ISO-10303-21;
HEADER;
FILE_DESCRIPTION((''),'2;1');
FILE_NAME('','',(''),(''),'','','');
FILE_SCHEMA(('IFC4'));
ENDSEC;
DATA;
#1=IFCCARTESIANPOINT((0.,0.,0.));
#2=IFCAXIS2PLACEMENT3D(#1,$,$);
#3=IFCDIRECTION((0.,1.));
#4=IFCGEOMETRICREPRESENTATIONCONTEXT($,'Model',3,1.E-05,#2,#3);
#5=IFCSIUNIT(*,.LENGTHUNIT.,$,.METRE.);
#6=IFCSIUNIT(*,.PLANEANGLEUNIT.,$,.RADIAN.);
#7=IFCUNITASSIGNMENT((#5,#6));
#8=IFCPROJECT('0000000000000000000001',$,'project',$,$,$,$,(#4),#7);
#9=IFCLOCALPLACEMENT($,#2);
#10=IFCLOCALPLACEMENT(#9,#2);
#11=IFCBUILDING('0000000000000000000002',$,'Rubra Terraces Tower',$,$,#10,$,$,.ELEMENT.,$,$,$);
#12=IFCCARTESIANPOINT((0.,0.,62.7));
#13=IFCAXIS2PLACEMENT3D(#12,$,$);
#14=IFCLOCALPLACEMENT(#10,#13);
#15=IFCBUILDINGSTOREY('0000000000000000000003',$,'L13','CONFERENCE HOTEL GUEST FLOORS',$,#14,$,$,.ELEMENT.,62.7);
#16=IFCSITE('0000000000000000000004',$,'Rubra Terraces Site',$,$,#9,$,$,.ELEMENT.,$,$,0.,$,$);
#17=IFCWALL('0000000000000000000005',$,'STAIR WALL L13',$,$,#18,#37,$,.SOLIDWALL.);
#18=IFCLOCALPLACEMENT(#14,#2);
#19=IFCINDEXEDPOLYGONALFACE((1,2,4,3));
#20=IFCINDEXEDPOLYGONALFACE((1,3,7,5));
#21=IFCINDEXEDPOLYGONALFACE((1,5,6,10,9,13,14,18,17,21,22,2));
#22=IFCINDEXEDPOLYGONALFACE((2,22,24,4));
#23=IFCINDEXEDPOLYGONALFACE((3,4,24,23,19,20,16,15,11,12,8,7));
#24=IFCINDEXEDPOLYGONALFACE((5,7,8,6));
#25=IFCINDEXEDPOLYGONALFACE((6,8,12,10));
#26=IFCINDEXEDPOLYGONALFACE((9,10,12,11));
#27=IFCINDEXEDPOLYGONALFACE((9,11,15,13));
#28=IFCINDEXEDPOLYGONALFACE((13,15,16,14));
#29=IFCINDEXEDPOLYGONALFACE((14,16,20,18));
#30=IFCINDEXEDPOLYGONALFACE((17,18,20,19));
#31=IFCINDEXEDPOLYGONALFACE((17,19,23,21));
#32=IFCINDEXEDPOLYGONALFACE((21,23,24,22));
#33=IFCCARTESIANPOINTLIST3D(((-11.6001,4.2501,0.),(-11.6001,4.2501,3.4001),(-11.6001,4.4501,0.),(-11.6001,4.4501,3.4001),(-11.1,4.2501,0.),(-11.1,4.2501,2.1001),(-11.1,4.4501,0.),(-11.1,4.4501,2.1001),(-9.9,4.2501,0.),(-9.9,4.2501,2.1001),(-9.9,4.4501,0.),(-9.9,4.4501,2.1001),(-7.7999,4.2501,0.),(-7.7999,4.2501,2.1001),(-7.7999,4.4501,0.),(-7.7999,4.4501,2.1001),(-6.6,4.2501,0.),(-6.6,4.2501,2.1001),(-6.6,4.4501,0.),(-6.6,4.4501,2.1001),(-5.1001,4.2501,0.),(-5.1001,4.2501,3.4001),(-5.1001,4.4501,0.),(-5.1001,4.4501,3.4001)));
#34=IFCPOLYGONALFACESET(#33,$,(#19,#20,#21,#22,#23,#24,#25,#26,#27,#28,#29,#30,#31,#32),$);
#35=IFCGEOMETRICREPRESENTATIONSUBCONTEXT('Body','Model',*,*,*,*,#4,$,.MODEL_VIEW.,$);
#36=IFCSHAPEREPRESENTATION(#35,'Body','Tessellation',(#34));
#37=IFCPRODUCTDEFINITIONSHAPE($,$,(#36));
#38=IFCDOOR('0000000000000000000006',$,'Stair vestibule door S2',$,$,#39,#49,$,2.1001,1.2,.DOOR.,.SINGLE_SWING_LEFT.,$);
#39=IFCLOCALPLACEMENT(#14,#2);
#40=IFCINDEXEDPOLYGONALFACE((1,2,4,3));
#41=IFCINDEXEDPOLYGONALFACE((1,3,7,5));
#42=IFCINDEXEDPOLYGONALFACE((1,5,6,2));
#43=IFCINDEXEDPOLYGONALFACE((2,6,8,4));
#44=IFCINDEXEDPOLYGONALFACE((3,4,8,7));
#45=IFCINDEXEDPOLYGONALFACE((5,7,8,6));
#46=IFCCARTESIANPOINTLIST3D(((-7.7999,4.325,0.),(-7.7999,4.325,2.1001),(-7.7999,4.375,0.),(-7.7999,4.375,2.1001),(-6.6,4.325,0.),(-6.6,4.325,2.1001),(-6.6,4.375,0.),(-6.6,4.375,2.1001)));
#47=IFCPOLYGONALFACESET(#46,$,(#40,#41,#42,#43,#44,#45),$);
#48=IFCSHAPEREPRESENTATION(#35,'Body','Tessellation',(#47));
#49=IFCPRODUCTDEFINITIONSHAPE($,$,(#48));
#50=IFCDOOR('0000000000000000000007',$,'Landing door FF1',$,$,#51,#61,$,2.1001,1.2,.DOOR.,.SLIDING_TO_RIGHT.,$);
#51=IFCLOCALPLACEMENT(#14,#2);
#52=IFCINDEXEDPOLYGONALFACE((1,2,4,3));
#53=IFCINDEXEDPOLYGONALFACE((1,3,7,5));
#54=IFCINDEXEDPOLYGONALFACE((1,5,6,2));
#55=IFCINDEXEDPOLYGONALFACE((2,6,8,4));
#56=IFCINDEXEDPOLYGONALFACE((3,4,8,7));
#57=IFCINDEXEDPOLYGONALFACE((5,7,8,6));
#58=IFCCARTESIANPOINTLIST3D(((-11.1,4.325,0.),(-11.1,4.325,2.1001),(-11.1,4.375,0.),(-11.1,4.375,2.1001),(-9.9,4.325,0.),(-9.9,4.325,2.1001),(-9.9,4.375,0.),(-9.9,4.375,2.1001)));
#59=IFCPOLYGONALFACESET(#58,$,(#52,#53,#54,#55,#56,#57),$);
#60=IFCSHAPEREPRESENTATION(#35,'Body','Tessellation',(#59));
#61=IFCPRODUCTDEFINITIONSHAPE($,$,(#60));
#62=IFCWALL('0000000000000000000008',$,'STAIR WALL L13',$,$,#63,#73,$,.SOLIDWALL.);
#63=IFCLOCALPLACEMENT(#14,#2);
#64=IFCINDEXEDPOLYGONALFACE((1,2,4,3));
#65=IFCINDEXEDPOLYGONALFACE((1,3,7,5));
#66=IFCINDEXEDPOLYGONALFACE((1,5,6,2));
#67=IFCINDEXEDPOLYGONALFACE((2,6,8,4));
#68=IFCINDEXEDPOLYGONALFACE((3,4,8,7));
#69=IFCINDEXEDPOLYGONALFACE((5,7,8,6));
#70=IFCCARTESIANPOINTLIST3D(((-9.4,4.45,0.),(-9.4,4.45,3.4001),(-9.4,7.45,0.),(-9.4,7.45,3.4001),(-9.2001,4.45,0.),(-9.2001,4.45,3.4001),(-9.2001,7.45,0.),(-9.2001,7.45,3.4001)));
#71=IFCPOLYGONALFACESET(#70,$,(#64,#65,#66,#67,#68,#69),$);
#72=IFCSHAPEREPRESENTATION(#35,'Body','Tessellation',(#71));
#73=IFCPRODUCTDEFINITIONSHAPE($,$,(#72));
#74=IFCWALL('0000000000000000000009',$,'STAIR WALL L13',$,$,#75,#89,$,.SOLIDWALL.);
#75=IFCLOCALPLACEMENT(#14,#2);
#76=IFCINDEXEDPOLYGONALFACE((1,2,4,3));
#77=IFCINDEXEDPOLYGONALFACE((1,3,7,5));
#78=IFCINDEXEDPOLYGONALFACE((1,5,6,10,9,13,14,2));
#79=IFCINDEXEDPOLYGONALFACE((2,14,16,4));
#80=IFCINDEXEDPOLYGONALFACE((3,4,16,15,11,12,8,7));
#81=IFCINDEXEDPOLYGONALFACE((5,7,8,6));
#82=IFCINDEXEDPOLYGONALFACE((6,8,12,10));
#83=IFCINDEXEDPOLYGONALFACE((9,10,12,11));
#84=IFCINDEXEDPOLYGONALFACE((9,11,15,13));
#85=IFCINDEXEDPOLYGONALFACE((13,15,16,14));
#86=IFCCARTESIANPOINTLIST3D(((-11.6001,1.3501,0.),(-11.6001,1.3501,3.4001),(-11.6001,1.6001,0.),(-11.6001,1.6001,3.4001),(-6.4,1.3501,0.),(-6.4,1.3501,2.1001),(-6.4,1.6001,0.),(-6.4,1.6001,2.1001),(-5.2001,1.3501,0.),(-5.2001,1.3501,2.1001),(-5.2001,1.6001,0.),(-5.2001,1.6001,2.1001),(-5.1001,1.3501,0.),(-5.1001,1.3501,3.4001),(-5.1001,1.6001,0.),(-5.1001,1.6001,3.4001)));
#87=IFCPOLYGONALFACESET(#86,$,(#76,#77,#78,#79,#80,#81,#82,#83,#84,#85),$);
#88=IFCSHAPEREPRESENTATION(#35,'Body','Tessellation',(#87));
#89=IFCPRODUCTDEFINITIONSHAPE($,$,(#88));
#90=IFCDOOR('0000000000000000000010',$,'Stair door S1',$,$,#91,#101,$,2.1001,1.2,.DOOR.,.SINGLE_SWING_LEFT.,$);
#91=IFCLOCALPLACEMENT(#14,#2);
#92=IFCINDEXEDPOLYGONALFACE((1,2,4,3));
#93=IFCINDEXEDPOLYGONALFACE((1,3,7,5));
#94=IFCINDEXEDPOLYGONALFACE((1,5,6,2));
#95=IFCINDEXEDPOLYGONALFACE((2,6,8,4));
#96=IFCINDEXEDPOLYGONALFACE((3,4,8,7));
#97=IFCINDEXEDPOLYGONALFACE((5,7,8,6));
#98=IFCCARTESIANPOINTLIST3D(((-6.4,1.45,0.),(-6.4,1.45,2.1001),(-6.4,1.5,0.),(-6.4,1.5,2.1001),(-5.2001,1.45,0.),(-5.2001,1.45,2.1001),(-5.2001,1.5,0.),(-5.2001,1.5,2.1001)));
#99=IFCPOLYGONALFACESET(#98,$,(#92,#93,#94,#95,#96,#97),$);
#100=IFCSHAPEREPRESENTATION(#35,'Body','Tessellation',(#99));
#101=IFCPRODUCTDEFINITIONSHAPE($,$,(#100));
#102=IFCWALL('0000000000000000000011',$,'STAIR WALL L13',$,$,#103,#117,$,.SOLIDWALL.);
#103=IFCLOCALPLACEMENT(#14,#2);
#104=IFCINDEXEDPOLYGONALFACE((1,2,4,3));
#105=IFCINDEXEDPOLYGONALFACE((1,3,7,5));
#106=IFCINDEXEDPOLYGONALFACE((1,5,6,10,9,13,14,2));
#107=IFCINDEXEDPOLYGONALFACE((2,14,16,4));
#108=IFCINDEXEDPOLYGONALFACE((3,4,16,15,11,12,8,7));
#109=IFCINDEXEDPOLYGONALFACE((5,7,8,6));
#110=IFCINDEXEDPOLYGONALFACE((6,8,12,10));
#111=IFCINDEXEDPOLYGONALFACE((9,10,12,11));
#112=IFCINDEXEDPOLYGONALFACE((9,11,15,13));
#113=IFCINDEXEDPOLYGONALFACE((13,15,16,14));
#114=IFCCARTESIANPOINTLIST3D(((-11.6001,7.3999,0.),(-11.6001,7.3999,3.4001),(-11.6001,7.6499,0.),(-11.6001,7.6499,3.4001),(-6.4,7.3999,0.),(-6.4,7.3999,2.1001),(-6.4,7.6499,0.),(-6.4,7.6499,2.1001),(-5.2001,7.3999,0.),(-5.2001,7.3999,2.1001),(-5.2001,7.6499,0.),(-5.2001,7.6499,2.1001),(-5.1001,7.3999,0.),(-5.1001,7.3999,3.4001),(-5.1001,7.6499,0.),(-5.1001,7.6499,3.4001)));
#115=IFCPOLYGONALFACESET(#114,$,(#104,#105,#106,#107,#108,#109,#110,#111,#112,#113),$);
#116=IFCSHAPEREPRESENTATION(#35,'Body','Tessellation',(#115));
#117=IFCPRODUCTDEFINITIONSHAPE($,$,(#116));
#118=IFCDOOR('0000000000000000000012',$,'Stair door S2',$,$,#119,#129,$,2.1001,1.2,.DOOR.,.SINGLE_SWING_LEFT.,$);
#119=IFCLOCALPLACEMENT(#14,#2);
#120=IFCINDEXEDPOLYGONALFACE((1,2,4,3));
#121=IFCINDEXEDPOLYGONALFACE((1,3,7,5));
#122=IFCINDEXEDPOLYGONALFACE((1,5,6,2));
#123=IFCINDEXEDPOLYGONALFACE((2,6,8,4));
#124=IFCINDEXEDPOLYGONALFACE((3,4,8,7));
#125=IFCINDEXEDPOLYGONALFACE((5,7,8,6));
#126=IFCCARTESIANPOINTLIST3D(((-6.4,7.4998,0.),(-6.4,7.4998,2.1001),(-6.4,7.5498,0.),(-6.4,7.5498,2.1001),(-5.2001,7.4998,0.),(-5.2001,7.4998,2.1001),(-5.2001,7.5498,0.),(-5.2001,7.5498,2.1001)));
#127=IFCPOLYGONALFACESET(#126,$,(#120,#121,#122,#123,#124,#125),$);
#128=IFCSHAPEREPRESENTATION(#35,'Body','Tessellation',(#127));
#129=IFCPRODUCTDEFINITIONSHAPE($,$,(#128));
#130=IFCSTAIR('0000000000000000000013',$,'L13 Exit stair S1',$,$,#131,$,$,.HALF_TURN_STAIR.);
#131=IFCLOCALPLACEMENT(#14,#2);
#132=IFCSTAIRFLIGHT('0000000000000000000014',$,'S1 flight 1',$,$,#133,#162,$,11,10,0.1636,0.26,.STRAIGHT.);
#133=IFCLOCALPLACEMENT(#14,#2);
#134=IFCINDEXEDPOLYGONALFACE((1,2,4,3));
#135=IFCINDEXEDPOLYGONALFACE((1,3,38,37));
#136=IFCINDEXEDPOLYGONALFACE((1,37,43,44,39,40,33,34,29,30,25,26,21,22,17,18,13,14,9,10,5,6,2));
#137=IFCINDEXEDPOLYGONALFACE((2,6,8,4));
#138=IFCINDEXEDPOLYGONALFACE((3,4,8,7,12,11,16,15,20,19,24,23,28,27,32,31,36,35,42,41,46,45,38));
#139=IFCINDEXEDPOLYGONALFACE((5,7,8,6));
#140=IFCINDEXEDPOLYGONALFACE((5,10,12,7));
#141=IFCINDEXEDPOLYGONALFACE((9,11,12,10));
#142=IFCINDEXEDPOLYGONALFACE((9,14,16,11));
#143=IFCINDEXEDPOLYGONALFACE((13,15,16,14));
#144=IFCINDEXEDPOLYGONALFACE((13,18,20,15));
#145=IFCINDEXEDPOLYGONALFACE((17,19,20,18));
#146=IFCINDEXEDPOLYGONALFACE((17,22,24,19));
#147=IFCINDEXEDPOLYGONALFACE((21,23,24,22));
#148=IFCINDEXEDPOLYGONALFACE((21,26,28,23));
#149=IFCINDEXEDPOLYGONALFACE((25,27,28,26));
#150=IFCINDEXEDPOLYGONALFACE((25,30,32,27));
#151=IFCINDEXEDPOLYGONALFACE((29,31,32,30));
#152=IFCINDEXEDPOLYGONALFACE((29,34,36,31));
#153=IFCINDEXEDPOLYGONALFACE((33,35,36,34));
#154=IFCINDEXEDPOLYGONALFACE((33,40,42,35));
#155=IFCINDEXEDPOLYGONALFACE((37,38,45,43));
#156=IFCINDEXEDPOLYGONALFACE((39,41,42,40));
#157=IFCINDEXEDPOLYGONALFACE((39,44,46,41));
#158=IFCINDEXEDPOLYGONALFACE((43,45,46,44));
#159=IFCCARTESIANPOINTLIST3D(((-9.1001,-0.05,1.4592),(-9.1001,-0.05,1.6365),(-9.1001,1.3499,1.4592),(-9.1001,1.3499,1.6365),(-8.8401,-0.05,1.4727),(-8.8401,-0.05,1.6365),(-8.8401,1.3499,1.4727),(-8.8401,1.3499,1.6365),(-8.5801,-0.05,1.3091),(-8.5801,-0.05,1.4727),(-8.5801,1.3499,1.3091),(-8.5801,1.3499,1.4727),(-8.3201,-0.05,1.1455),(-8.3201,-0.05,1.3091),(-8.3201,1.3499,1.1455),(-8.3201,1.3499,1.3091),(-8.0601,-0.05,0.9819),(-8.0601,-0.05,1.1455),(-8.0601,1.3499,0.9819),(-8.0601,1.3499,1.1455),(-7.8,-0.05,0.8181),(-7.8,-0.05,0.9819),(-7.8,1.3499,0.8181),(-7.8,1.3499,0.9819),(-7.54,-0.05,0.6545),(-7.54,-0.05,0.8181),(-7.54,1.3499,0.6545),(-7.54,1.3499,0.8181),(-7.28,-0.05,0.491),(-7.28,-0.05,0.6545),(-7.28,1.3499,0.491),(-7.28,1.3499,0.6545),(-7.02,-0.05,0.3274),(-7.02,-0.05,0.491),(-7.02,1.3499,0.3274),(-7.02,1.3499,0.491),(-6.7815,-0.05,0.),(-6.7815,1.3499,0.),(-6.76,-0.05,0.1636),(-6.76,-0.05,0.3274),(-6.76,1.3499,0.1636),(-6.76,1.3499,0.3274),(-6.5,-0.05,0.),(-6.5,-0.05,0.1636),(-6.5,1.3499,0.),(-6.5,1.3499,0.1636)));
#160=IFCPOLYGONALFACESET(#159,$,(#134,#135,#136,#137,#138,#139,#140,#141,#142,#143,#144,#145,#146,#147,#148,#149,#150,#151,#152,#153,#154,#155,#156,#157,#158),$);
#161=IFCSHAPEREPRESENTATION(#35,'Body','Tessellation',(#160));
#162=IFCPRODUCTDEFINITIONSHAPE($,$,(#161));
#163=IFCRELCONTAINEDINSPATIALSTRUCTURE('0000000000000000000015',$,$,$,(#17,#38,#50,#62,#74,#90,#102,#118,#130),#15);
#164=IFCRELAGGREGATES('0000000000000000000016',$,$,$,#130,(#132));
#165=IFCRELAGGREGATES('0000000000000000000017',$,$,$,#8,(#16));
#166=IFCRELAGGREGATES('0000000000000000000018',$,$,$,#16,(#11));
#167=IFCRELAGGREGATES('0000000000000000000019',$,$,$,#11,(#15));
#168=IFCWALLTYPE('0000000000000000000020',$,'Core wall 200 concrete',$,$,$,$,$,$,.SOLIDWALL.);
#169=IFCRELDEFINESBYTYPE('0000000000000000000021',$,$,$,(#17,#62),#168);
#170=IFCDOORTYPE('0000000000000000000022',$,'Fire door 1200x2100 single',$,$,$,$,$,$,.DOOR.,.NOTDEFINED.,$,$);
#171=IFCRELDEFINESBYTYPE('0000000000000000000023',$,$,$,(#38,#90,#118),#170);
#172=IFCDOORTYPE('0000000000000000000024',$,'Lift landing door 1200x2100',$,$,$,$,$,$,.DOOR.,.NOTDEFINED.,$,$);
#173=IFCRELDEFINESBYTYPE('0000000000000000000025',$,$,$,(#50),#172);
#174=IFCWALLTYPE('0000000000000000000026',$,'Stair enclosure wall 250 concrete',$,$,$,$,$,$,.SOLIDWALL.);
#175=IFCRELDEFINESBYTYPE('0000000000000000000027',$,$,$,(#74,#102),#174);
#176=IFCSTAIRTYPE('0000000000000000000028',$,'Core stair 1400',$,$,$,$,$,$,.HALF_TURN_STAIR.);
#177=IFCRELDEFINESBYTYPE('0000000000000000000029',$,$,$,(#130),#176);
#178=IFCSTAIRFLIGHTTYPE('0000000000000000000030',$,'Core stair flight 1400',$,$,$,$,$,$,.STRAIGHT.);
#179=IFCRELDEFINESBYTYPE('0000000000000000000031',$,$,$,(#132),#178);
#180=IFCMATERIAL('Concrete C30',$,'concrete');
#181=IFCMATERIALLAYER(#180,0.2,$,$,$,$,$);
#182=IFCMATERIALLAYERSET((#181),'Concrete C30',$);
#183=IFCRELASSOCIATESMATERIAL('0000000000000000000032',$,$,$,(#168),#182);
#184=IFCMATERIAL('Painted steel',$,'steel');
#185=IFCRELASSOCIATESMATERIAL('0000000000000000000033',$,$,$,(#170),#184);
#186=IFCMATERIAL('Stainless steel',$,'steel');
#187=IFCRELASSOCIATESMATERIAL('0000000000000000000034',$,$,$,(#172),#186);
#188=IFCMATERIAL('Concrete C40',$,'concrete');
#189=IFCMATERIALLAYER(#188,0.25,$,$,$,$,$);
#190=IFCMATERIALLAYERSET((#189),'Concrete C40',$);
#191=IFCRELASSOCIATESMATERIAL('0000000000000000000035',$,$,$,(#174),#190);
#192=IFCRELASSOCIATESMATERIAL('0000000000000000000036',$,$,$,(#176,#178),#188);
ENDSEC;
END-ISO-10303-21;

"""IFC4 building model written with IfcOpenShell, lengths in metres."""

from ifc_helpers import new_model, si_unit, direction, frame, frame_2d, origin, place, context, subcontext, project, spatial, polyline, rectangle, outline, extrude, material, layer, layer_set, type_object, element, fill, aggregate, save


model = new_model("IFC4")

# Units and contexts
model_context = context("Model", 3, precision=1e-05, world=origin(), true_north=direction((0.0, 1.0)))
body_context = subcontext(model_context, "Body", "Model", "MODEL_VIEW")
ifc_project = project(units=[si_unit("LENGTHUNIT", "METRE"), si_unit("PLANEANGLEUNIT", "RADIAN")], contexts=[model_context])

# Site, building, storey
site_placement = place(None, origin())
site = spatial("IfcSite", under=ifc_project, at=site_placement, Name="Rubra Terraces Site", CompositionType="ELEMENT", RefElevation=0.0)
building_placement = place(site_placement, origin())
building = spatial("IfcBuilding", under=site, at=building_placement, Name="Rubra Terraces Tower", CompositionType="ELEMENT")
storey_placement = place(building_placement, frame((0.0, 0.0, 62.7)))
storey = spatial("IfcBuildingStorey", under=building, at=storey_placement, Name="L13", Description="CONFERENCE HOTEL GUEST FLOORS", CompositionType="ELEMENT", Elevation=62.7)

# Shared definitions
ifc_material_1 = material(Name="Painted steel", Category="steel")

# Wall, openings, doors
ifc_material_2 = material(Name="Concrete C30", Category="concrete")
ifc_layer_1 = layer(ifc_material_2, 0.2)
ifc_layer_set_1 = layer_set([ifc_layer_1], Name="Concrete C30")
wall_type_1 = type_object("IfcWallType", Name="Core wall 200 concrete", PredefinedType="SOLIDWALL", material=ifc_layer_set_1)
wall_1_placement = place(storey_placement, frame((-11.6001, 4.3501, 0.0), z_axis=(0.0, 0.0, 1.0), x_axis=(1.0, 0.0, 0.0)))
wall_1 = element("IfcWall", 1, at=wall_1_placement, inside=storey, type_object=wall_type_1, Name="STAIR WALL L13", PredefinedType="SOLIDWALL", context=body_context, shape_type="SweptSolid", body=[
    extrude(rectangle(XDim=6.5, YDim=0.2, at=frame_2d((3.25, 0.0))), origin(), (0.0, 0.0, 1.0), 3.4001),
])
opening_1_placement = place(wall_1_placement, frame((3.8, 0.0, 0.0)))
opening_1 = element("IfcOpeningElement", 2, at=opening_1_placement, cuts=wall_1, PredefinedType="OPENING", context=body_context, shape_type="SweptSolid", body=[
    extrude(rectangle(XDim=1.2, YDim=2.1001, at=frame_2d((0.6001, 1.05))), frame((0.0, 0.1099, 0.0), z_axis=(0.0, -1.0, 0.0), x_axis=(1.0, 0.0, 0.0)), (0.0, 0.0, 1.0), 0.22),
])
opening_2_placement = place(wall_1_placement, frame((0.5, 0.0, 0.0)))
opening_2 = element("IfcOpeningElement", 3, at=opening_2_placement, cuts=wall_1, PredefinedType="OPENING", context=body_context, shape_type="SweptSolid", body=[
    extrude(rectangle(XDim=1.2, YDim=2.1001, at=frame_2d((0.6001, 1.05))), frame((0.0, 0.1099, 0.0), z_axis=(0.0, -1.0, 0.0), x_axis=(1.0, 0.0, 0.0)), (0.0, 0.0, 1.0), 0.22),
])
door_type_1 = type_object("IfcDoorType", Name="Fire door 1200x2100 single", OperationType="NOTDEFINED", PredefinedType="DOOR", material=ifc_material_1)
door_1_placement = place(opening_1_placement, origin())
door_1 = element("IfcDoor", 4, at=door_1_placement, inside=storey, type_object=door_type_1, Name="Stair vestibule door S2", OperationType="SINGLE_SWING_LEFT", OverallHeight=2.1001, OverallWidth=1.2, PredefinedType="DOOR", context=body_context, shape_type="SweptSolid", body=[
    extrude(rectangle(XDim=1.2, YDim=2.1001, at=frame_2d((0.6001, 1.05))), frame((0.0, 0.0249, 0.0), z_axis=(0.0, -1.0, 0.0), x_axis=(1.0, 0.0, 0.0)), (0.0, 0.0, 1.0), 0.05),
])
fill(opening_1, door_1)
ifc_material_3 = material(Name="Stainless steel", Category="steel")
door_type_2 = type_object("IfcDoorType", Name="Lift landing door 1200x2100", OperationType="NOTDEFINED", PredefinedType="DOOR", material=ifc_material_3)
door_2_placement = place(opening_2_placement, origin())
door_2 = element("IfcDoor", 5, at=door_2_placement, inside=storey, type_object=door_type_2, Name="Landing door FF1", OperationType="SLIDING_TO_RIGHT", OverallHeight=2.1001, OverallWidth=1.2, PredefinedType="DOOR", context=body_context, shape_type="SweptSolid", body=[
    extrude(rectangle(XDim=1.2, YDim=2.1001, at=frame_2d((0.6001, 1.05))), frame((0.0, 0.0249, 0.0), z_axis=(0.0, -1.0, 0.0), x_axis=(1.0, 0.0, 0.0)), (0.0, 0.0, 1.0), 0.05),
])
fill(opening_2, door_2)

# Wall
wall_2_placement = place(storey_placement, frame((-9.3, 4.45, 0.0), z_axis=(0.0, 0.0, 1.0), x_axis=(0.0, 1.0, 0.0)))
element("IfcWall", 6, at=wall_2_placement, inside=storey, type_object=wall_type_1, Name="STAIR WALL L13", PredefinedType="SOLIDWALL", context=body_context, shape_type="SweptSolid", body=[
    extrude(rectangle(XDim=3.0, YDim=0.2, at=frame_2d((1.5, 0.0))), origin(), (0.0, 0.0, 1.0), 3.4001),
])

# Walls, openings, doors
ifc_material_4 = material(Name="Concrete C40", Category="concrete")
ifc_layer_2 = layer(ifc_material_4, 0.25)
ifc_layer_set_2 = layer_set([ifc_layer_2], Name="Concrete C40")
wall_type_2 = type_object("IfcWallType", Name="Stair enclosure wall 250 concrete", PredefinedType="SOLIDWALL", material=ifc_layer_set_2)
wall_3_placement = place(storey_placement, frame((-11.6001, 1.4751, 0.0), z_axis=(0.0, 0.0, 1.0), x_axis=(1.0, 0.0, 0.0)))
wall_3 = element("IfcWall", 7, at=wall_3_placement, inside=storey, type_object=wall_type_2, Name="STAIR WALL L13", PredefinedType="SOLIDWALL", context=body_context, shape_type="SweptSolid", body=[
    extrude(rectangle(XDim=6.5, YDim=0.25, at=frame_2d((3.25, 0.0))), origin(), (0.0, 0.0, 1.0), 3.4001),
])
opening_3_placement = place(wall_3_placement, frame((5.2, 0.0, 0.0)))
opening_3 = element("IfcOpeningElement", 8, at=opening_3_placement, cuts=wall_3, PredefinedType="OPENING", context=body_context, shape_type="SweptSolid", body=[
    extrude(rectangle(XDim=1.2, YDim=2.1001, at=frame_2d((0.6001, 1.05))), frame((0.0, 0.135, 0.0), z_axis=(0.0, -1.0, 0.0), x_axis=(1.0, 0.0, 0.0)), (0.0, 0.0, 1.0), 0.27),
])
door_3_placement = place(opening_3_placement, origin())
door_3 = element("IfcDoor", 9, at=door_3_placement, inside=storey, type_object=door_type_1, Name="Stair door S1", OperationType="SINGLE_SWING_LEFT", OverallHeight=2.1001, OverallWidth=1.2, PredefinedType="DOOR", context=body_context, shape_type="SweptSolid", body=[
    extrude(rectangle(XDim=1.2, YDim=2.1001, at=frame_2d((0.6001, 1.05))), frame((0.0, 0.0249, 0.0), z_axis=(0.0, -1.0, 0.0), x_axis=(1.0, 0.0, 0.0)), (0.0, 0.0, 1.0), 0.05),
])
fill(opening_3, door_3)
wall_4_placement = place(storey_placement, frame((-11.6001, 7.5249, 0.0), z_axis=(0.0, 0.0, 1.0), x_axis=(1.0, 0.0, 0.0)))
wall_4 = element("IfcWall", 10, at=wall_4_placement, inside=storey, type_object=wall_type_2, Name="STAIR WALL L13", PredefinedType="SOLIDWALL", context=body_context, shape_type="SweptSolid", body=[
    extrude(rectangle(XDim=6.5, YDim=0.25, at=frame_2d((3.25, 0.0))), origin(), (0.0, 0.0, 1.0), 3.4001),
])
opening_4_placement = place(wall_4_placement, frame((5.2, 0.0, 0.0)))
opening_4 = element("IfcOpeningElement", 11, at=opening_4_placement, cuts=wall_4, PredefinedType="OPENING", context=body_context, shape_type="SweptSolid", body=[
    extrude(rectangle(XDim=1.2, YDim=2.1001, at=frame_2d((0.6001, 1.05))), frame((0.0, 0.135, 0.0), z_axis=(0.0, -1.0, 0.0), x_axis=(1.0, 0.0, 0.0)), (0.0, 0.0, 1.0), 0.27),
])
door_4_placement = place(opening_4_placement, origin())
door_4 = element("IfcDoor", 12, at=door_4_placement, inside=storey, type_object=door_type_1, Name="Stair door S2", OperationType="SINGLE_SWING_LEFT", OverallHeight=2.1001, OverallWidth=1.2, PredefinedType="DOOR", context=body_context, shape_type="SweptSolid", body=[
    extrude(rectangle(XDim=1.2, YDim=2.1001, at=frame_2d((0.6001, 1.05))), frame((0.0, 0.0249, 0.0), z_axis=(0.0, -1.0, 0.0), x_axis=(1.0, 0.0, 0.0)), (0.0, 0.0, 1.0), 0.05),
])
fill(opening_4, door_4)

# Stair, stair flight
stair_type = type_object("IfcStairType", Name="Core stair 1400", PredefinedType="HALF_TURN_STAIR", material=ifc_material_4)
stair_1_placement = place(storey_placement, origin())
stair_1 = element("IfcStair", 13, at=stair_1_placement, inside=storey, type_object=stair_type, Name="L13 Exit stair S1", PredefinedType="HALF_TURN_STAIR")
stair_flight_type = type_object("IfcStairFlightType", Name="Core stair flight 1400", PredefinedType="STRAIGHT", material=ifc_material_4)
stair_flight_1_placement = place(storey_placement, frame((-6.5, 0.6499, 0.0), z_axis=(0.0, 0.0, 1.0), x_axis=(-1.0, 0.0, 0.0)))
stair_flight_1 = element("IfcStairFlight", 14, at=stair_flight_1_placement, type_object=stair_flight_type, Name="S1 flight 1", NumberOfRisers=11, NumberOfTreads=10, PredefinedType="STRAIGHT", RiserHeight=0.1636, TreadLength=0.26, context=body_context, shape_type="SweptSolid", body=[
    extrude(outline(polyline([(0.0, 0.0), (0.0, 0.1636), (0.26, 0.1636), (0.26, 0.3274), (0.52, 0.3274), (0.52, 0.491), (0.78, 0.491), (0.78, 0.6545), (1.04, 0.6545), (1.04, 0.8181), (1.3, 0.8181), (1.3, 0.9819), (1.5601, 0.9819), (1.5601, 1.1455), (1.8201, 1.1455), (1.8201, 1.3091), (2.0801, 1.3091), (2.0801, 1.4727), (2.3401, 1.4727), (2.3401, 1.6365), (2.6001, 1.6365), (2.6001, 1.8), (2.6001, 1.4592), (0.2815, 0.0), (0.0, 0.0)])), frame((0.0, 0.7, 0.0), z_axis=(0.0, -1.0, 0.0), x_axis=(1.0, 0.0, 0.0)), (0.0, 0.0, 1.0), 1.3999),
])
aggregate(stair_1, [stair_flight_1])

save(model, "model.ifc")
